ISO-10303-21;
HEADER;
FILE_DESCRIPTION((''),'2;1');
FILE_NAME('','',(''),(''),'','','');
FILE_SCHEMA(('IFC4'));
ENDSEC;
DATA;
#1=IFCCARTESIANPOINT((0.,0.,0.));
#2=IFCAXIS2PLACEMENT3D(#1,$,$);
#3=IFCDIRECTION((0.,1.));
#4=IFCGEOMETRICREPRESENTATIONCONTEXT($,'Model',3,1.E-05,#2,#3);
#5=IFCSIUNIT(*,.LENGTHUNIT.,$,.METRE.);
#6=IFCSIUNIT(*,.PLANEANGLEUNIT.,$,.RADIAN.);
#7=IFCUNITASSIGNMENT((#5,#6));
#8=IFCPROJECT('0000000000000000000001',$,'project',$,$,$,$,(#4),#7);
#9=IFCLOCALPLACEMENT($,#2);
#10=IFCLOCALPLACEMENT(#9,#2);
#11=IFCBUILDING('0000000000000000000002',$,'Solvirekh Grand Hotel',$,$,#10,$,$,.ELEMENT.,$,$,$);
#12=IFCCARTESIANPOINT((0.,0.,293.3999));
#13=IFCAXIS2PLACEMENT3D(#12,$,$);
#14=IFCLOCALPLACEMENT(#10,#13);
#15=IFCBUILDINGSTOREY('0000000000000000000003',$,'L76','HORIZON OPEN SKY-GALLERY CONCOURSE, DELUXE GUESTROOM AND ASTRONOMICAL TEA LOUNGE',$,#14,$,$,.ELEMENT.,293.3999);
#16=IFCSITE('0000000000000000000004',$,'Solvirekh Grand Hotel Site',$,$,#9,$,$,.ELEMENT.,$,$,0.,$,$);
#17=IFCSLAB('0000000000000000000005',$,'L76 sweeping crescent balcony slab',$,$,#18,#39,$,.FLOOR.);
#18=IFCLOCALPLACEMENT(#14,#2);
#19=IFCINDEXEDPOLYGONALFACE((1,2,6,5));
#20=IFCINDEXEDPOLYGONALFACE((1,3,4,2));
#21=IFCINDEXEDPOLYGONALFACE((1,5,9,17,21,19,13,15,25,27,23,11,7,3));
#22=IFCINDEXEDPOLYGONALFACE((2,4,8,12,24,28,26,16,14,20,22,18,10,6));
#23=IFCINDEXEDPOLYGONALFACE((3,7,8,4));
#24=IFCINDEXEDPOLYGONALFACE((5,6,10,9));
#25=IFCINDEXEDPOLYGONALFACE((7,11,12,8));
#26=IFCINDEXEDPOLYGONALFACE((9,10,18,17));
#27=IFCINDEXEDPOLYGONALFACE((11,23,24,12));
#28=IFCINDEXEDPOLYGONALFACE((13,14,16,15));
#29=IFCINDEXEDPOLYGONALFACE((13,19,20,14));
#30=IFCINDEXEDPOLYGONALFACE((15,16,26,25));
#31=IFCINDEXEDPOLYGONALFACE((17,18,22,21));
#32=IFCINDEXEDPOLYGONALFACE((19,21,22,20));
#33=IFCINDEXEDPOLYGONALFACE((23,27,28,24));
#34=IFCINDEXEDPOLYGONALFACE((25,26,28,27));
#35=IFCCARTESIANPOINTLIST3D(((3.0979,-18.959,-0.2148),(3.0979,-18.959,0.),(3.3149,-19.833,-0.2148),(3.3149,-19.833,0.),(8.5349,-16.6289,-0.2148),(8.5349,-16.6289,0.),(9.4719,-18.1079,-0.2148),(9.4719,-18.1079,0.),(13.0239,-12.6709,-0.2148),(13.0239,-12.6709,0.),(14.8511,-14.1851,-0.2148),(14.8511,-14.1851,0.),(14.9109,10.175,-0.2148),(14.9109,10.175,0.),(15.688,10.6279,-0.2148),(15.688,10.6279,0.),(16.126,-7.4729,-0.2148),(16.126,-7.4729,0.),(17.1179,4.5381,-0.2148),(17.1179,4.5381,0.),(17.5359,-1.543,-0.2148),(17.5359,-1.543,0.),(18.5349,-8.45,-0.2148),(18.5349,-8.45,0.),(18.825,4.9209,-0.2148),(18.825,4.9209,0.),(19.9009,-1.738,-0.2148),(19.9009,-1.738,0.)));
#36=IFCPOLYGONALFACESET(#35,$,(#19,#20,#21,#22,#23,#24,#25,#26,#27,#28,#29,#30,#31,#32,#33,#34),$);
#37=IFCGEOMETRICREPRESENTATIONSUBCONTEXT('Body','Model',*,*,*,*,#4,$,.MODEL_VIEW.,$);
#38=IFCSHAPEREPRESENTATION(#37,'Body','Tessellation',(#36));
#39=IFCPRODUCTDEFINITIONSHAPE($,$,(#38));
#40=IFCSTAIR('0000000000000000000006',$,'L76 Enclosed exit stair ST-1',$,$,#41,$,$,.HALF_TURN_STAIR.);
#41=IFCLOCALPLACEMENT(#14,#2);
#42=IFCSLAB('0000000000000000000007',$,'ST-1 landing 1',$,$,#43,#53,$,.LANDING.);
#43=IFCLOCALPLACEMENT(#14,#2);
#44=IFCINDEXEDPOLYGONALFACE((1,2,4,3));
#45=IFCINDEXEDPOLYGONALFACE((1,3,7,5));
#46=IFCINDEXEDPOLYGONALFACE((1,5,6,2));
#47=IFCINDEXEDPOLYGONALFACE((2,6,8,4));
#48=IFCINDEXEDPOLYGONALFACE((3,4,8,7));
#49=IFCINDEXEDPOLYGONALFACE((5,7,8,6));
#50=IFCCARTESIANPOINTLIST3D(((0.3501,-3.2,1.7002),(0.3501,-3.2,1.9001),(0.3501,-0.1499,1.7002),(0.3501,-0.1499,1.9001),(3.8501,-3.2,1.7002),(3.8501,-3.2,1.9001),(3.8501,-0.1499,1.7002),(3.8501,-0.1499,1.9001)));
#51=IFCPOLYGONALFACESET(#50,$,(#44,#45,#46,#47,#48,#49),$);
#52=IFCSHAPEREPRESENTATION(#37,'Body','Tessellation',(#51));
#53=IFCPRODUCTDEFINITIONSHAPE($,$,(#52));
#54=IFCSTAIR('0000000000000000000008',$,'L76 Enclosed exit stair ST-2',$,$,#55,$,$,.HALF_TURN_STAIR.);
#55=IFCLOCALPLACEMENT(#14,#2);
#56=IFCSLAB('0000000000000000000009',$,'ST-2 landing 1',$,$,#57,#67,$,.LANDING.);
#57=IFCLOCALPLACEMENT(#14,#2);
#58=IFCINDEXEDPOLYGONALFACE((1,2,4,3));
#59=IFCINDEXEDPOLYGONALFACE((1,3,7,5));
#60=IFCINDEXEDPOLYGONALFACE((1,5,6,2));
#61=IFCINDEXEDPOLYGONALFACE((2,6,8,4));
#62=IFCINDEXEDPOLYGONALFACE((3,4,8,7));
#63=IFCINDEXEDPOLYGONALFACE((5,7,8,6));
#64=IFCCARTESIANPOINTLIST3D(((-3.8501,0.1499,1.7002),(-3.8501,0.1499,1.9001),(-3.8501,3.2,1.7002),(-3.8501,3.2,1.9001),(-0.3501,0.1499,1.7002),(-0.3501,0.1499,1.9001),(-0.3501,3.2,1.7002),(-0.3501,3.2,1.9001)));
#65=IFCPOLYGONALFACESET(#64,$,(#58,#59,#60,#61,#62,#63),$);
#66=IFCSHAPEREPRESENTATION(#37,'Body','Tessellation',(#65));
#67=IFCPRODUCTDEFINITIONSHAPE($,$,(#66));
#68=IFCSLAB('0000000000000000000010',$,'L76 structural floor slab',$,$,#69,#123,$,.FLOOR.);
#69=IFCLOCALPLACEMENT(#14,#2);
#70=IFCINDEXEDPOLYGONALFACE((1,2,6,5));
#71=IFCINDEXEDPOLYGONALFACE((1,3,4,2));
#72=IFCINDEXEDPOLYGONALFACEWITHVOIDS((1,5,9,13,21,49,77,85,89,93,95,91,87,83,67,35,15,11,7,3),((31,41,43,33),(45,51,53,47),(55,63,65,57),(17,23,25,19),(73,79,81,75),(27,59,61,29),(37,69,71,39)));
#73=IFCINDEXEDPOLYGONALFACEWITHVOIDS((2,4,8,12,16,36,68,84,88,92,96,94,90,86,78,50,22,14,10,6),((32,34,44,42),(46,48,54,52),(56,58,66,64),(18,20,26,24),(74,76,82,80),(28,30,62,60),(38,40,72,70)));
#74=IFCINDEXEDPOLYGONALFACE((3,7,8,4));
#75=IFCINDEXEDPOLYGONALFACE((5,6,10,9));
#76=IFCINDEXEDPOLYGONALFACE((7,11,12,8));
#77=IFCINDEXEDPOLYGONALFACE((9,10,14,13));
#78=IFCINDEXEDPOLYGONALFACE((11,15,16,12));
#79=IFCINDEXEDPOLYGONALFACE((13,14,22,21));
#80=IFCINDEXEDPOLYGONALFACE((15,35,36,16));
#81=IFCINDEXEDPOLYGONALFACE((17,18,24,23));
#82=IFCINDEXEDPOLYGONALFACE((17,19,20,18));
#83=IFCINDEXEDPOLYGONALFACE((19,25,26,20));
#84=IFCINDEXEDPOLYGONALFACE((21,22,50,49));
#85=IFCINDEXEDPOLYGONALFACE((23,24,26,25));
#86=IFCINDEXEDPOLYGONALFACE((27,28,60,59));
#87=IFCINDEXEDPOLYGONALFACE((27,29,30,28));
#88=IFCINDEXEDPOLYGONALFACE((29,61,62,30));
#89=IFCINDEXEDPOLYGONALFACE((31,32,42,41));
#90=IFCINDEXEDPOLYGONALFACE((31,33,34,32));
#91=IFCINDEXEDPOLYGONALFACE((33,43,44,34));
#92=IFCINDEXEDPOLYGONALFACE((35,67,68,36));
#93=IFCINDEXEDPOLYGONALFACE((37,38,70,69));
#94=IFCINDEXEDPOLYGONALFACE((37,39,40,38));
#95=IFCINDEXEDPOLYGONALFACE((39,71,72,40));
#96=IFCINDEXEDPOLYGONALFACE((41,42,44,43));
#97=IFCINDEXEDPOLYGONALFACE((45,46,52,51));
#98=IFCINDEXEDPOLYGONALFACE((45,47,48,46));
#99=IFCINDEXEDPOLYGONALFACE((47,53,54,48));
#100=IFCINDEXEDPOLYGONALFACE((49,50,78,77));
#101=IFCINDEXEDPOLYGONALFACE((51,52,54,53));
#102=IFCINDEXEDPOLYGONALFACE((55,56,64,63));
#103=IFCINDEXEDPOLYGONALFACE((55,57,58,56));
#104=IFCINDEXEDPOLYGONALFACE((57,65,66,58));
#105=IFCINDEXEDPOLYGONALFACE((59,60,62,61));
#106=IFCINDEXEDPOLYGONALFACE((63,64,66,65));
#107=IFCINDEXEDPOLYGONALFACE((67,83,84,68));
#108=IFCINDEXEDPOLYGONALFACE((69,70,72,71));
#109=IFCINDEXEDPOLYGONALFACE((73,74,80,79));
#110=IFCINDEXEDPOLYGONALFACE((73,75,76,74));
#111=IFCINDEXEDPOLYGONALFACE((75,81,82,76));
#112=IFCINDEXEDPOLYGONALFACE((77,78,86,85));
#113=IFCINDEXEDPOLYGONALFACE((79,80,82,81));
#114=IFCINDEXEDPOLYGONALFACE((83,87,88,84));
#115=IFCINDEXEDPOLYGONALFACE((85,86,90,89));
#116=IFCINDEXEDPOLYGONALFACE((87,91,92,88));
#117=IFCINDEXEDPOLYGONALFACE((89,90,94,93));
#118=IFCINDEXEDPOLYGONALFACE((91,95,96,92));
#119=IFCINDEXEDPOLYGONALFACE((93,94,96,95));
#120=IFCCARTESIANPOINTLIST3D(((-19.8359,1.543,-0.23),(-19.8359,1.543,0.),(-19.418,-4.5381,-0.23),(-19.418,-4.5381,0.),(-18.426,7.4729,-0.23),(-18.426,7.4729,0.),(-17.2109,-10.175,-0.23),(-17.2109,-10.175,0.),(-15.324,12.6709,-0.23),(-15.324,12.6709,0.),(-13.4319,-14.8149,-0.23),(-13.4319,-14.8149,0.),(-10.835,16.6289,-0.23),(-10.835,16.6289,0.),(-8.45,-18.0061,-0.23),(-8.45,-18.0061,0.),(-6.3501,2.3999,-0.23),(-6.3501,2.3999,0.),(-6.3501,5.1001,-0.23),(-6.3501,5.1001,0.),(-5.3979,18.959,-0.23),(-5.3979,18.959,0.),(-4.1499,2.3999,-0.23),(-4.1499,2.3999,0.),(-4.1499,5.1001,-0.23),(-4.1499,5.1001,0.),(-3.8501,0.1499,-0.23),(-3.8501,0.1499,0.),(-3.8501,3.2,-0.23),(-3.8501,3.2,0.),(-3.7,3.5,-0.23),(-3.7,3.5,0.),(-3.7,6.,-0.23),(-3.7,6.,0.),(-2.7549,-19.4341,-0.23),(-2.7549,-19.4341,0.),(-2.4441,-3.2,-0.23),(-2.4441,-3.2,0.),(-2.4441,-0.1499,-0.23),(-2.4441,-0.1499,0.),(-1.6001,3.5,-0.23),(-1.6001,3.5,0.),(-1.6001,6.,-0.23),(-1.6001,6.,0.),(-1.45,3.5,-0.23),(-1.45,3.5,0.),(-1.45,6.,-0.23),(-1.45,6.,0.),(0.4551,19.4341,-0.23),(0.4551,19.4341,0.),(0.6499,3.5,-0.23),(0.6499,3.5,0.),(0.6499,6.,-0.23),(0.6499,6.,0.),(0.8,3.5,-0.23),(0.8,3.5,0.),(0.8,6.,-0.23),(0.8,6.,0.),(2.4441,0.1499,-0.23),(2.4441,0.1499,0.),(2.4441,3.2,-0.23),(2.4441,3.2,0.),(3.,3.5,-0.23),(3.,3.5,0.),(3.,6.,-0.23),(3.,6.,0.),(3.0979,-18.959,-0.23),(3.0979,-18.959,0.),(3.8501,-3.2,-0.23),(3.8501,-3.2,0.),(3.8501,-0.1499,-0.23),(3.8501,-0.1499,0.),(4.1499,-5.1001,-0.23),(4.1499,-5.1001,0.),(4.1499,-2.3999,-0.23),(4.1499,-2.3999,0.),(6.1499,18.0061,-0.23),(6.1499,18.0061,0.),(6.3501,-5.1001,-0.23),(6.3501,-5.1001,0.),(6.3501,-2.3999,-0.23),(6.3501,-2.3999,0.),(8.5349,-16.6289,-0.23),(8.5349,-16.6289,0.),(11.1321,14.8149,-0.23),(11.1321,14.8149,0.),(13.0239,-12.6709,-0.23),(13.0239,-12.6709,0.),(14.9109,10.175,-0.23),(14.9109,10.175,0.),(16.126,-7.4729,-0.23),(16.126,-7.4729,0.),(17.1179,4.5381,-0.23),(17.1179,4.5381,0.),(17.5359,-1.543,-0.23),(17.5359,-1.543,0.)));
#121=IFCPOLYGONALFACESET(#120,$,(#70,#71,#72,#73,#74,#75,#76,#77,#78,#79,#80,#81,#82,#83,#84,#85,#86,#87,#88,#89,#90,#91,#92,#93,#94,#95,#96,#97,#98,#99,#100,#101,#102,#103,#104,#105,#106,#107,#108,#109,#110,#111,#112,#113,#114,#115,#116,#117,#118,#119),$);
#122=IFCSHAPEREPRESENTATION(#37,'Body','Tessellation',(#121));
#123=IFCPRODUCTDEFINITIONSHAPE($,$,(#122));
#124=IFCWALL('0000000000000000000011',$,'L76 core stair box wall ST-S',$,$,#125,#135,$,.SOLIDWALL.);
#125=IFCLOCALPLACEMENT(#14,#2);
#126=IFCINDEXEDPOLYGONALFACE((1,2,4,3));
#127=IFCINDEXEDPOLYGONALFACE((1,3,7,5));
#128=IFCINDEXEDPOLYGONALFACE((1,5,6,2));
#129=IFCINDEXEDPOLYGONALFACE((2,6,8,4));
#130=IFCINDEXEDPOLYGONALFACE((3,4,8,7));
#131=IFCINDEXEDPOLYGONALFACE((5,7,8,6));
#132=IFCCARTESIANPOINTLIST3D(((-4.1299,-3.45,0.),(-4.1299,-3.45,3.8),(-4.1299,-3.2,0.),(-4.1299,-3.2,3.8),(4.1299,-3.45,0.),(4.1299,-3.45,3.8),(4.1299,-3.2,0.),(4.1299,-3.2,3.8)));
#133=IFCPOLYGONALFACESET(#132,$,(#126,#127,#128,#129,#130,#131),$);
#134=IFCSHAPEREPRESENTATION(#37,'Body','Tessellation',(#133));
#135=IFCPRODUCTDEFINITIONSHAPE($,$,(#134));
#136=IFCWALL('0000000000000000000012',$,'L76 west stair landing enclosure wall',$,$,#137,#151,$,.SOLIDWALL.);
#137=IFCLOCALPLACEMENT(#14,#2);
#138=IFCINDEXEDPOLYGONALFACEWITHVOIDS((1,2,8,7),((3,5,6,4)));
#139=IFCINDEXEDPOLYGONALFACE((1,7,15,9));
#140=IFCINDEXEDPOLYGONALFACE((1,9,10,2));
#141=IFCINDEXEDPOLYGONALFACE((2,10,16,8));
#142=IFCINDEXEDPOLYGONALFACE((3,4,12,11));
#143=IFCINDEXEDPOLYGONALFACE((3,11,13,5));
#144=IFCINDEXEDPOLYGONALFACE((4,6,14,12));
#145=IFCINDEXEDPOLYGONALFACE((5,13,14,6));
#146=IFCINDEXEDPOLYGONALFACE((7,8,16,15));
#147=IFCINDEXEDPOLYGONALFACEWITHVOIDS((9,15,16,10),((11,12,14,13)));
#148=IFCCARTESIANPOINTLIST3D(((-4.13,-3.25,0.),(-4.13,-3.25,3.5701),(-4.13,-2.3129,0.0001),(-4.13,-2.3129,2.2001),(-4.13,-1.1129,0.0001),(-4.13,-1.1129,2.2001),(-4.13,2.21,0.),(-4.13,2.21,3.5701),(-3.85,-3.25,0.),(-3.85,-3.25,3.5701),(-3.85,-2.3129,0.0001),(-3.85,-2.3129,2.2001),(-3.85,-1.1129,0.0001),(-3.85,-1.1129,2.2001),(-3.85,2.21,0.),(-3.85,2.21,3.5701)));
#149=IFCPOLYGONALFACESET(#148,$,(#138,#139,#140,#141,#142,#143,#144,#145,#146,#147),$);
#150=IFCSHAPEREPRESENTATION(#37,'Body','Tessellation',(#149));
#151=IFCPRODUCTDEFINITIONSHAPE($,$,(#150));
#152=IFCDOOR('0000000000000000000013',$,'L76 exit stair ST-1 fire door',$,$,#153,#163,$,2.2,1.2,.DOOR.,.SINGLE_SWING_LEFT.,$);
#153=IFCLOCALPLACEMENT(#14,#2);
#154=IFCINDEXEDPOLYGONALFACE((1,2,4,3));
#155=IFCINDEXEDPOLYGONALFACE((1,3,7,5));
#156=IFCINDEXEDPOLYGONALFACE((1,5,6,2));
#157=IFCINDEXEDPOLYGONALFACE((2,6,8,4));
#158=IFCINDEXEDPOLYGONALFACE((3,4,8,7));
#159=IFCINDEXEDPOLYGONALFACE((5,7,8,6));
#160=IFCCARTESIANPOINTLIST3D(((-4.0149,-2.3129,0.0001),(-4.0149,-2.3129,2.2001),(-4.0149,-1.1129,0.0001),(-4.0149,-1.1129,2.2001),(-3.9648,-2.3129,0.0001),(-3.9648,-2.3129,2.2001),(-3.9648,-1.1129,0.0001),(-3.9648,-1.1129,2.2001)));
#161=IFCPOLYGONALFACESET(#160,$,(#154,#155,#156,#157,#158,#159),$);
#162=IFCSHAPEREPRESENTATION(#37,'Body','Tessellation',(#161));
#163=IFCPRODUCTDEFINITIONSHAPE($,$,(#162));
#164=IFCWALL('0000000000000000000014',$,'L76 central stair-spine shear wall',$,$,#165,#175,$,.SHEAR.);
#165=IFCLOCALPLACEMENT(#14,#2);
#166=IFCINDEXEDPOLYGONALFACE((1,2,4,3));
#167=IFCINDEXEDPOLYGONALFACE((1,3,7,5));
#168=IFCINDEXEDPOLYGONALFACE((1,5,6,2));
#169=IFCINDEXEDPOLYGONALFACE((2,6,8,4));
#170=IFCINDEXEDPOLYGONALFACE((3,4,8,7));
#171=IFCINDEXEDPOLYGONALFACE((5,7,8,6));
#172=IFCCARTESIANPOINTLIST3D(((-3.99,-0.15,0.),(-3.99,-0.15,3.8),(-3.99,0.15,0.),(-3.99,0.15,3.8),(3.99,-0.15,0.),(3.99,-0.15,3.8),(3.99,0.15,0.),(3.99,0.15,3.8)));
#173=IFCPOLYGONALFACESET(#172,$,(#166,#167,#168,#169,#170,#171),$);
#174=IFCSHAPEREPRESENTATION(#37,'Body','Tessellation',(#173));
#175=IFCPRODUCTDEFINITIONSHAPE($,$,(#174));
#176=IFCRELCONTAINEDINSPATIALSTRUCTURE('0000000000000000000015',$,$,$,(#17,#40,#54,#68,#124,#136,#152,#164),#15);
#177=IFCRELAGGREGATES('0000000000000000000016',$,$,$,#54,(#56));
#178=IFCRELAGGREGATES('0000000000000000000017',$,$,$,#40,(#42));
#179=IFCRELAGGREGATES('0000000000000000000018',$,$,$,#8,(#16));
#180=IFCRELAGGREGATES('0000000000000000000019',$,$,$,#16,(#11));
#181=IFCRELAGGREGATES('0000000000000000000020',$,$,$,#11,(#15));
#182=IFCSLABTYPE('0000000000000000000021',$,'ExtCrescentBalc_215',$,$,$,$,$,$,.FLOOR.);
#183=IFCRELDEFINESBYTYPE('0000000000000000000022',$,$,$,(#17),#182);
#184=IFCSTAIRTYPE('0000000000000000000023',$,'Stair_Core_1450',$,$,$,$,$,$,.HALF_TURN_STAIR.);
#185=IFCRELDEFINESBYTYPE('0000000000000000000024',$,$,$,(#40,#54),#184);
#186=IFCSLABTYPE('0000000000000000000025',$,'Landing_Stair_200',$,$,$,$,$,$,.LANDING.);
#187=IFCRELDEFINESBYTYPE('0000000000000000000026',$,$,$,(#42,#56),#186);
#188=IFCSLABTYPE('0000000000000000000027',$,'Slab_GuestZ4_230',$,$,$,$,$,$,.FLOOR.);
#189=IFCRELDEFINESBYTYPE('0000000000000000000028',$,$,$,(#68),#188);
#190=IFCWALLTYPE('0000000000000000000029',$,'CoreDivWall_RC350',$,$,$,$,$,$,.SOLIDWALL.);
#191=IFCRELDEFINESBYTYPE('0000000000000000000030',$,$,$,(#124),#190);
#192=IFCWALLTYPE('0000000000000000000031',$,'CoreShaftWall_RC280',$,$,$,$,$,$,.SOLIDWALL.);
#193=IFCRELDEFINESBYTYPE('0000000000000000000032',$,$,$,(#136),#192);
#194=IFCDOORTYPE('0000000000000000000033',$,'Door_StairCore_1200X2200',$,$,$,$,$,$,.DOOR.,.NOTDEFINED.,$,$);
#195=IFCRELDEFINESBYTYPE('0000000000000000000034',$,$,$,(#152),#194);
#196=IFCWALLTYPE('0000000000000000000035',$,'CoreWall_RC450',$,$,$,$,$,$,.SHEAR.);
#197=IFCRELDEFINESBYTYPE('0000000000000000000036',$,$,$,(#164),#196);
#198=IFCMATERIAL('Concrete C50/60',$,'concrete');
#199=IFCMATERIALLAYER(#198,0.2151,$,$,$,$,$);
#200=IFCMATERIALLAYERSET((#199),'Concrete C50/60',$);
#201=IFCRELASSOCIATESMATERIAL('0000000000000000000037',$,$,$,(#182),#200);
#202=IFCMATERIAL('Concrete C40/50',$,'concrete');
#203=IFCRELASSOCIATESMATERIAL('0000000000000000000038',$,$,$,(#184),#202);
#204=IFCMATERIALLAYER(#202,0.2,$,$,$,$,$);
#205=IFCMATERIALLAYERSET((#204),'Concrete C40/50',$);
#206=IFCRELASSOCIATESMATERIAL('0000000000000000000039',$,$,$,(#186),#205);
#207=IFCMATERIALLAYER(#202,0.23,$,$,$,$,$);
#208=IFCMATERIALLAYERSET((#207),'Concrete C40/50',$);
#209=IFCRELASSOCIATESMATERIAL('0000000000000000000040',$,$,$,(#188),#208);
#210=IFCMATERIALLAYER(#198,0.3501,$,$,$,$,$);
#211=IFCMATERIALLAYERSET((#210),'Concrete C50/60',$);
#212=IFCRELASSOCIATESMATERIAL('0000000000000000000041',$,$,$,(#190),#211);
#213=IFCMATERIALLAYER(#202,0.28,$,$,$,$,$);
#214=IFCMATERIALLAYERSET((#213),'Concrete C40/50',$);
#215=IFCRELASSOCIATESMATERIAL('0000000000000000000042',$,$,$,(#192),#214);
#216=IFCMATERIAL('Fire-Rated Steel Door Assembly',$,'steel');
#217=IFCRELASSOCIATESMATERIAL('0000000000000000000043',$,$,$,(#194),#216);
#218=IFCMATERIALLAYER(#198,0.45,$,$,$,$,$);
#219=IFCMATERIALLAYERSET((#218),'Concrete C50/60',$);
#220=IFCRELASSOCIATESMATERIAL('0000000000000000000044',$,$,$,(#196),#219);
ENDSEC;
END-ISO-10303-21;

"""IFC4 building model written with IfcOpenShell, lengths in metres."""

from ifc_helpers import new_model, si_unit, direction, frame, frame_2d, origin, place, context, subcontext, project, spatial, polyline, rectangle, outline, extrude, material, layer, layer_set, type_object, element, fill, aggregate, save


model = new_model("IFC4")

# Units and contexts
model_context = context("Model", 3, precision=1e-05, world=origin(), true_north=direction((0.0, 1.0)))
body_context = subcontext(model_context, "Body", "Model", "MODEL_VIEW")
ifc_project = project(units=[si_unit("LENGTHUNIT", "METRE"), si_unit("PLANEANGLEUNIT", "RADIAN")], contexts=[model_context])

# Site, building, storey
site_placement = place(None, origin())
site = spatial("IfcSite", under=ifc_project, at=site_placement, Name="Solvirekh Grand Hotel Site", CompositionType="ELEMENT", RefElevation=0.0)
building_placement = place(site_placement, origin())
building = spatial("IfcBuilding", under=site, at=building_placement, Name="Solvirekh Grand Hotel", CompositionType="ELEMENT")
storey_placement = place(building_placement, frame((0.0, 0.0, 293.3999)))
storey = spatial("IfcBuildingStorey", under=building, at=storey_placement, Name="L76", Description="HORIZON OPEN SKY-GALLERY CONCOURSE, DELUXE GUESTROOM AND ASTRONOMICAL TEA LOUNGE", CompositionType="ELEMENT", Elevation=293.3999)

# Slab
ifc_material_1 = material(Name="Concrete C50/60", Category="concrete")
ifc_layer_1 = layer(ifc_material_1, 0.2151)
ifc_layer_set_1 = layer_set([ifc_layer_1], Name="Concrete C50/60")
slab_type_1 = type_object("IfcSlabType", Name="ExtCrescentBalc_215", PredefinedType="FLOOR", material=ifc_layer_set_1)
slab_1_placement = place(storey_placement, frame((0.0, 0.0, -0.2148)))
element("IfcSlab", 1, at=slab_1_placement, inside=storey, type_object=slab_type_1, Name="L76 sweeping crescent balcony slab", PredefinedType="FLOOR", context=body_context, shape_type="SweptSolid", body=[
    extrude(outline(polyline([(3.3149, -19.833), (9.4719, -18.1079), (14.8511, -14.1851), (18.5349, -8.45), (19.9009, -1.738), (18.825, 4.9209), (15.688, 10.6279), (14.9109, 10.175), (17.1179, 4.5381), (17.5359, -1.543), (16.126, -7.4729), (13.0239, -12.6709), (8.5349, -16.6289), (3.0979, -18.959), (3.3149, -19.833)])), origin(), (0.0, 0.0, 1.0), 0.2148),
])

# Stairs, slabs
ifc_material_2 = material(Name="Concrete C40/50", Category="concrete")
stair_type = type_object("IfcStairType", Name="Stair_Core_1450", PredefinedType="HALF_TURN_STAIR", material=ifc_material_2)
stair_1_placement = place(storey_placement, origin())
stair_1 = element("IfcStair", 2, at=stair_1_placement, inside=storey, type_object=stair_type, Name="L76 Enclosed exit stair ST-1", PredefinedType="HALF_TURN_STAIR")
ifc_layer_2 = layer(ifc_material_2, 0.2)
ifc_layer_set_2 = layer_set([ifc_layer_2], Name="Concrete C40/50")
slab_type_2 = type_object("IfcSlabType", Name="Landing_Stair_200", PredefinedType="LANDING", material=ifc_layer_set_2)
slab_2_placement = place(storey_placement, frame((0.0, 0.0, 1.7002)))
slab_2 = element("IfcSlab", 3, at=slab_2_placement, type_object=slab_type_2, Name="ST-1 landing 1", PredefinedType="LANDING", context=body_context, shape_type="SweptSolid", body=[
    extrude(outline(polyline([(0.3501, -3.2), (3.8501, -3.2), (3.8501, -0.1499), (0.3501, -0.1499), (0.3501, -3.2)])), origin(), (0.0, 0.0, 1.0), 0.2),
])
stair_2_placement = place(storey_placement, origin())
stair_2 = element("IfcStair", 4, at=stair_2_placement, inside=storey, type_object=stair_type, Name="L76 Enclosed exit stair ST-2", PredefinedType="HALF_TURN_STAIR")
slab_3_placement = place(storey_placement, frame((0.0, 0.0, 1.7002)))
slab_3 = element("IfcSlab", 5, at=slab_3_placement, type_object=slab_type_2, Name="ST-2 landing 1", PredefinedType="LANDING", context=body_context, shape_type="SweptSolid", body=[
    extrude(outline(polyline([(-0.3501, 3.2), (-3.8501, 3.2), (-3.8501, 0.1499), (-0.3501, 0.1499), (-0.3501, 3.2)])), origin(), (0.0, 0.0, 1.0), 0.2),
])
aggregate(stair_2, [slab_3])

# Slab
ifc_layer_3 = layer(ifc_material_2, 0.23)
ifc_layer_set_3 = layer_set([ifc_layer_3], Name="Concrete C40/50")
slab_type_3 = type_object("IfcSlabType", Name="Slab_GuestZ4_230", PredefinedType="FLOOR", material=ifc_layer_set_3)
slab_4_placement = place(storey_placement, frame((0.0, 0.0, -0.23)))
element("IfcSlab", 6, at=slab_4_placement, inside=storey, type_object=slab_type_3, Name="L76 structural floor slab", PredefinedType="FLOOR", context=body_context, shape_type="SweptSolid", body=[
    extrude(outline(polyline([(-2.7549, -19.4341), (3.0979, -18.959), (8.5349, -16.6289), (13.0239, -12.6709), (16.126, -7.4729), (17.5359, -1.543), (17.1179, 4.5381), (14.9109, 10.175), (11.1321, 14.8149), (6.1499, 18.0061), (0.4551, 19.4341), (-5.3979, 18.959), (-10.835, 16.6289), (-15.324, 12.6709), (-18.426, 7.4729), (-19.8359, 1.543), (-19.418, -4.5381), (-17.2109, -10.175), (-13.4319, -14.8149), (-8.45, -18.0061), (-2.7549, -19.4341)]), holes=[polyline([(-2.4441, -0.1499), (3.8501, -0.1499), (3.8501, -3.2), (-2.4441, -3.2), (-2.4441, -0.1499)]), polyline([(2.4441, 0.1499), (-3.8501, 0.1499), (-3.8501, 3.2), (2.4441, 3.2), (2.4441, 0.1499)]), polyline([(-3.7, 6.0), (-1.6001, 6.0), (-1.6001, 3.5), (-3.7, 3.5), (-3.7, 6.0)]), polyline([(-1.45, 6.0), (0.6499, 6.0), (0.6499, 3.5), (-1.45, 3.5), (-1.45, 6.0)]), polyline([(0.8, 6.0), (3.0, 6.0), (3.0, 3.5), (0.8, 3.5), (0.8, 6.0)]), polyline([(-6.3501, 5.1001), (-4.1499, 5.1001), (-4.1499, 2.3999), (-6.3501, 2.3999), (-6.3501, 5.1001)]), polyline([(4.1499, -2.3999), (6.3501, -2.3999), (6.3501, -5.1001), (4.1499, -5.1001), (4.1499, -2.3999)])]), origin(), (0.0, 0.0, 1.0), 0.23),
])

# Wall
ifc_layer_4 = layer(ifc_material_1, 0.3501)
ifc_layer_set_4 = layer_set([ifc_layer_4], Name="Concrete C50/60")
wall_type_1 = type_object("IfcWallType", Name="CoreDivWall_RC350", PredefinedType="SOLIDWALL", material=ifc_layer_set_4)
wall_1_placement = place(storey_placement, frame((-4.1299, -3.325, 0.0), z_axis=(0.0, 0.0, 1.0), x_axis=(1.0, 0.0, 0.0)))
element("IfcWall", 7, at=wall_1_placement, inside=storey, type_object=wall_type_1, Name="L76 core stair box wall ST-S", PredefinedType="SOLIDWALL", context=body_context, shape_type="SweptSolid", body=[
    extrude(rectangle(XDim=8.2598, YDim=0.25, at=frame_2d((4.1299, 0.0))), origin(), (0.0, 0.0, 1.0), 3.8),
])

# Wall, opening, door
ifc_layer_5 = layer(ifc_material_2, 0.28)
ifc_layer_set_5 = layer_set([ifc_layer_5], Name="Concrete C40/50")
wall_type_2 = type_object("IfcWallType", Name="CoreShaftWall_RC280", PredefinedType="SOLIDWALL", material=ifc_layer_set_5)
wall_2_placement = place(storey_placement, frame((-3.99, -3.25, 0.0), z_axis=(0.0, 0.0, 1.0), x_axis=(0.0, 1.0, 0.0)))
wall_2 = element("IfcWall", 8, at=wall_2_placement, inside=storey, type_object=wall_type_2, Name="L76 west stair landing enclosure wall", PredefinedType="SOLIDWALL", context=body_context, shape_type="SweptSolid", body=[
    extrude(rectangle(XDim=5.46, YDim=0.28, at=frame_2d((2.73, 0.0))), origin(), (0.0, 0.0, 1.0), 3.5701),
])
opening_placement = place(wall_2_placement, frame((0.937, 0.0, 0.0)))
opening = element("IfcOpeningElement", 9, at=opening_placement, cuts=wall_2, PredefinedType="OPENING", context=body_context, shape_type="SweptSolid", body=[
    extrude(rectangle(XDim=1.2, YDim=2.2, at=frame_2d((0.6001, 1.1001))), frame((0.0, 0.1499, 0.0), z_axis=(0.0, -1.0, 0.0), x_axis=(1.0, 0.0, 0.0)), (0.0, 0.0, 1.0), 0.3),
])
ifc_material_3 = material(Name="Fire-Rated Steel Door Assembly", Category="steel")
door_type = type_object("IfcDoorType", Name="Door_StairCore_1200X2200", OperationType="NOTDEFINED", PredefinedType="DOOR", material=ifc_material_3)
door_placement = place(opening_placement, origin())
door = element("IfcDoor", 10, at=door_placement, inside=storey, type_object=door_type, Name="L76 exit stair ST-1 fire door", OperationType="SINGLE_SWING_LEFT", OverallHeight=2.2, OverallWidth=1.2, PredefinedType="DOOR", context=body_context, shape_type="SweptSolid", body=[
    extrude(rectangle(XDim=1.2, YDim=2.2, at=frame_2d((0.6001, 1.1001))), frame((0.0, 0.0249, 0.0), z_axis=(0.0, -1.0, 0.0), x_axis=(1.0, 0.0, 0.0)), (0.0, 0.0, 1.0), 0.05),
])
fill(opening, door)

# Wall
ifc_layer_6 = layer(ifc_material_1, 0.45)
ifc_layer_set_6 = layer_set([ifc_layer_6], Name="Concrete C50/60")
wall_type_3 = type_object("IfcWallType", Name="CoreWall_RC450", PredefinedType="SHEAR", material=ifc_layer_set_6)
wall_3_placement = place(storey_placement, frame((-3.99, 0.0, 0.0), z_axis=(0.0, 0.0, 1.0), x_axis=(1.0, 0.0, 0.0)))
element("IfcWall", 11, at=wall_3_placement, inside=storey, type_object=wall_type_3, Name="L76 central stair-spine shear wall", PredefinedType="SHEAR", context=body_context, shape_type="SweptSolid", body=[
    extrude(rectangle(XDim=7.98, YDim=0.3, at=frame_2d((3.99, 0.0))), origin(), (0.0, 0.0, 1.0), 3.8),
])

aggregate(stair_1, [slab_2])

save(model, "model.ifc")
